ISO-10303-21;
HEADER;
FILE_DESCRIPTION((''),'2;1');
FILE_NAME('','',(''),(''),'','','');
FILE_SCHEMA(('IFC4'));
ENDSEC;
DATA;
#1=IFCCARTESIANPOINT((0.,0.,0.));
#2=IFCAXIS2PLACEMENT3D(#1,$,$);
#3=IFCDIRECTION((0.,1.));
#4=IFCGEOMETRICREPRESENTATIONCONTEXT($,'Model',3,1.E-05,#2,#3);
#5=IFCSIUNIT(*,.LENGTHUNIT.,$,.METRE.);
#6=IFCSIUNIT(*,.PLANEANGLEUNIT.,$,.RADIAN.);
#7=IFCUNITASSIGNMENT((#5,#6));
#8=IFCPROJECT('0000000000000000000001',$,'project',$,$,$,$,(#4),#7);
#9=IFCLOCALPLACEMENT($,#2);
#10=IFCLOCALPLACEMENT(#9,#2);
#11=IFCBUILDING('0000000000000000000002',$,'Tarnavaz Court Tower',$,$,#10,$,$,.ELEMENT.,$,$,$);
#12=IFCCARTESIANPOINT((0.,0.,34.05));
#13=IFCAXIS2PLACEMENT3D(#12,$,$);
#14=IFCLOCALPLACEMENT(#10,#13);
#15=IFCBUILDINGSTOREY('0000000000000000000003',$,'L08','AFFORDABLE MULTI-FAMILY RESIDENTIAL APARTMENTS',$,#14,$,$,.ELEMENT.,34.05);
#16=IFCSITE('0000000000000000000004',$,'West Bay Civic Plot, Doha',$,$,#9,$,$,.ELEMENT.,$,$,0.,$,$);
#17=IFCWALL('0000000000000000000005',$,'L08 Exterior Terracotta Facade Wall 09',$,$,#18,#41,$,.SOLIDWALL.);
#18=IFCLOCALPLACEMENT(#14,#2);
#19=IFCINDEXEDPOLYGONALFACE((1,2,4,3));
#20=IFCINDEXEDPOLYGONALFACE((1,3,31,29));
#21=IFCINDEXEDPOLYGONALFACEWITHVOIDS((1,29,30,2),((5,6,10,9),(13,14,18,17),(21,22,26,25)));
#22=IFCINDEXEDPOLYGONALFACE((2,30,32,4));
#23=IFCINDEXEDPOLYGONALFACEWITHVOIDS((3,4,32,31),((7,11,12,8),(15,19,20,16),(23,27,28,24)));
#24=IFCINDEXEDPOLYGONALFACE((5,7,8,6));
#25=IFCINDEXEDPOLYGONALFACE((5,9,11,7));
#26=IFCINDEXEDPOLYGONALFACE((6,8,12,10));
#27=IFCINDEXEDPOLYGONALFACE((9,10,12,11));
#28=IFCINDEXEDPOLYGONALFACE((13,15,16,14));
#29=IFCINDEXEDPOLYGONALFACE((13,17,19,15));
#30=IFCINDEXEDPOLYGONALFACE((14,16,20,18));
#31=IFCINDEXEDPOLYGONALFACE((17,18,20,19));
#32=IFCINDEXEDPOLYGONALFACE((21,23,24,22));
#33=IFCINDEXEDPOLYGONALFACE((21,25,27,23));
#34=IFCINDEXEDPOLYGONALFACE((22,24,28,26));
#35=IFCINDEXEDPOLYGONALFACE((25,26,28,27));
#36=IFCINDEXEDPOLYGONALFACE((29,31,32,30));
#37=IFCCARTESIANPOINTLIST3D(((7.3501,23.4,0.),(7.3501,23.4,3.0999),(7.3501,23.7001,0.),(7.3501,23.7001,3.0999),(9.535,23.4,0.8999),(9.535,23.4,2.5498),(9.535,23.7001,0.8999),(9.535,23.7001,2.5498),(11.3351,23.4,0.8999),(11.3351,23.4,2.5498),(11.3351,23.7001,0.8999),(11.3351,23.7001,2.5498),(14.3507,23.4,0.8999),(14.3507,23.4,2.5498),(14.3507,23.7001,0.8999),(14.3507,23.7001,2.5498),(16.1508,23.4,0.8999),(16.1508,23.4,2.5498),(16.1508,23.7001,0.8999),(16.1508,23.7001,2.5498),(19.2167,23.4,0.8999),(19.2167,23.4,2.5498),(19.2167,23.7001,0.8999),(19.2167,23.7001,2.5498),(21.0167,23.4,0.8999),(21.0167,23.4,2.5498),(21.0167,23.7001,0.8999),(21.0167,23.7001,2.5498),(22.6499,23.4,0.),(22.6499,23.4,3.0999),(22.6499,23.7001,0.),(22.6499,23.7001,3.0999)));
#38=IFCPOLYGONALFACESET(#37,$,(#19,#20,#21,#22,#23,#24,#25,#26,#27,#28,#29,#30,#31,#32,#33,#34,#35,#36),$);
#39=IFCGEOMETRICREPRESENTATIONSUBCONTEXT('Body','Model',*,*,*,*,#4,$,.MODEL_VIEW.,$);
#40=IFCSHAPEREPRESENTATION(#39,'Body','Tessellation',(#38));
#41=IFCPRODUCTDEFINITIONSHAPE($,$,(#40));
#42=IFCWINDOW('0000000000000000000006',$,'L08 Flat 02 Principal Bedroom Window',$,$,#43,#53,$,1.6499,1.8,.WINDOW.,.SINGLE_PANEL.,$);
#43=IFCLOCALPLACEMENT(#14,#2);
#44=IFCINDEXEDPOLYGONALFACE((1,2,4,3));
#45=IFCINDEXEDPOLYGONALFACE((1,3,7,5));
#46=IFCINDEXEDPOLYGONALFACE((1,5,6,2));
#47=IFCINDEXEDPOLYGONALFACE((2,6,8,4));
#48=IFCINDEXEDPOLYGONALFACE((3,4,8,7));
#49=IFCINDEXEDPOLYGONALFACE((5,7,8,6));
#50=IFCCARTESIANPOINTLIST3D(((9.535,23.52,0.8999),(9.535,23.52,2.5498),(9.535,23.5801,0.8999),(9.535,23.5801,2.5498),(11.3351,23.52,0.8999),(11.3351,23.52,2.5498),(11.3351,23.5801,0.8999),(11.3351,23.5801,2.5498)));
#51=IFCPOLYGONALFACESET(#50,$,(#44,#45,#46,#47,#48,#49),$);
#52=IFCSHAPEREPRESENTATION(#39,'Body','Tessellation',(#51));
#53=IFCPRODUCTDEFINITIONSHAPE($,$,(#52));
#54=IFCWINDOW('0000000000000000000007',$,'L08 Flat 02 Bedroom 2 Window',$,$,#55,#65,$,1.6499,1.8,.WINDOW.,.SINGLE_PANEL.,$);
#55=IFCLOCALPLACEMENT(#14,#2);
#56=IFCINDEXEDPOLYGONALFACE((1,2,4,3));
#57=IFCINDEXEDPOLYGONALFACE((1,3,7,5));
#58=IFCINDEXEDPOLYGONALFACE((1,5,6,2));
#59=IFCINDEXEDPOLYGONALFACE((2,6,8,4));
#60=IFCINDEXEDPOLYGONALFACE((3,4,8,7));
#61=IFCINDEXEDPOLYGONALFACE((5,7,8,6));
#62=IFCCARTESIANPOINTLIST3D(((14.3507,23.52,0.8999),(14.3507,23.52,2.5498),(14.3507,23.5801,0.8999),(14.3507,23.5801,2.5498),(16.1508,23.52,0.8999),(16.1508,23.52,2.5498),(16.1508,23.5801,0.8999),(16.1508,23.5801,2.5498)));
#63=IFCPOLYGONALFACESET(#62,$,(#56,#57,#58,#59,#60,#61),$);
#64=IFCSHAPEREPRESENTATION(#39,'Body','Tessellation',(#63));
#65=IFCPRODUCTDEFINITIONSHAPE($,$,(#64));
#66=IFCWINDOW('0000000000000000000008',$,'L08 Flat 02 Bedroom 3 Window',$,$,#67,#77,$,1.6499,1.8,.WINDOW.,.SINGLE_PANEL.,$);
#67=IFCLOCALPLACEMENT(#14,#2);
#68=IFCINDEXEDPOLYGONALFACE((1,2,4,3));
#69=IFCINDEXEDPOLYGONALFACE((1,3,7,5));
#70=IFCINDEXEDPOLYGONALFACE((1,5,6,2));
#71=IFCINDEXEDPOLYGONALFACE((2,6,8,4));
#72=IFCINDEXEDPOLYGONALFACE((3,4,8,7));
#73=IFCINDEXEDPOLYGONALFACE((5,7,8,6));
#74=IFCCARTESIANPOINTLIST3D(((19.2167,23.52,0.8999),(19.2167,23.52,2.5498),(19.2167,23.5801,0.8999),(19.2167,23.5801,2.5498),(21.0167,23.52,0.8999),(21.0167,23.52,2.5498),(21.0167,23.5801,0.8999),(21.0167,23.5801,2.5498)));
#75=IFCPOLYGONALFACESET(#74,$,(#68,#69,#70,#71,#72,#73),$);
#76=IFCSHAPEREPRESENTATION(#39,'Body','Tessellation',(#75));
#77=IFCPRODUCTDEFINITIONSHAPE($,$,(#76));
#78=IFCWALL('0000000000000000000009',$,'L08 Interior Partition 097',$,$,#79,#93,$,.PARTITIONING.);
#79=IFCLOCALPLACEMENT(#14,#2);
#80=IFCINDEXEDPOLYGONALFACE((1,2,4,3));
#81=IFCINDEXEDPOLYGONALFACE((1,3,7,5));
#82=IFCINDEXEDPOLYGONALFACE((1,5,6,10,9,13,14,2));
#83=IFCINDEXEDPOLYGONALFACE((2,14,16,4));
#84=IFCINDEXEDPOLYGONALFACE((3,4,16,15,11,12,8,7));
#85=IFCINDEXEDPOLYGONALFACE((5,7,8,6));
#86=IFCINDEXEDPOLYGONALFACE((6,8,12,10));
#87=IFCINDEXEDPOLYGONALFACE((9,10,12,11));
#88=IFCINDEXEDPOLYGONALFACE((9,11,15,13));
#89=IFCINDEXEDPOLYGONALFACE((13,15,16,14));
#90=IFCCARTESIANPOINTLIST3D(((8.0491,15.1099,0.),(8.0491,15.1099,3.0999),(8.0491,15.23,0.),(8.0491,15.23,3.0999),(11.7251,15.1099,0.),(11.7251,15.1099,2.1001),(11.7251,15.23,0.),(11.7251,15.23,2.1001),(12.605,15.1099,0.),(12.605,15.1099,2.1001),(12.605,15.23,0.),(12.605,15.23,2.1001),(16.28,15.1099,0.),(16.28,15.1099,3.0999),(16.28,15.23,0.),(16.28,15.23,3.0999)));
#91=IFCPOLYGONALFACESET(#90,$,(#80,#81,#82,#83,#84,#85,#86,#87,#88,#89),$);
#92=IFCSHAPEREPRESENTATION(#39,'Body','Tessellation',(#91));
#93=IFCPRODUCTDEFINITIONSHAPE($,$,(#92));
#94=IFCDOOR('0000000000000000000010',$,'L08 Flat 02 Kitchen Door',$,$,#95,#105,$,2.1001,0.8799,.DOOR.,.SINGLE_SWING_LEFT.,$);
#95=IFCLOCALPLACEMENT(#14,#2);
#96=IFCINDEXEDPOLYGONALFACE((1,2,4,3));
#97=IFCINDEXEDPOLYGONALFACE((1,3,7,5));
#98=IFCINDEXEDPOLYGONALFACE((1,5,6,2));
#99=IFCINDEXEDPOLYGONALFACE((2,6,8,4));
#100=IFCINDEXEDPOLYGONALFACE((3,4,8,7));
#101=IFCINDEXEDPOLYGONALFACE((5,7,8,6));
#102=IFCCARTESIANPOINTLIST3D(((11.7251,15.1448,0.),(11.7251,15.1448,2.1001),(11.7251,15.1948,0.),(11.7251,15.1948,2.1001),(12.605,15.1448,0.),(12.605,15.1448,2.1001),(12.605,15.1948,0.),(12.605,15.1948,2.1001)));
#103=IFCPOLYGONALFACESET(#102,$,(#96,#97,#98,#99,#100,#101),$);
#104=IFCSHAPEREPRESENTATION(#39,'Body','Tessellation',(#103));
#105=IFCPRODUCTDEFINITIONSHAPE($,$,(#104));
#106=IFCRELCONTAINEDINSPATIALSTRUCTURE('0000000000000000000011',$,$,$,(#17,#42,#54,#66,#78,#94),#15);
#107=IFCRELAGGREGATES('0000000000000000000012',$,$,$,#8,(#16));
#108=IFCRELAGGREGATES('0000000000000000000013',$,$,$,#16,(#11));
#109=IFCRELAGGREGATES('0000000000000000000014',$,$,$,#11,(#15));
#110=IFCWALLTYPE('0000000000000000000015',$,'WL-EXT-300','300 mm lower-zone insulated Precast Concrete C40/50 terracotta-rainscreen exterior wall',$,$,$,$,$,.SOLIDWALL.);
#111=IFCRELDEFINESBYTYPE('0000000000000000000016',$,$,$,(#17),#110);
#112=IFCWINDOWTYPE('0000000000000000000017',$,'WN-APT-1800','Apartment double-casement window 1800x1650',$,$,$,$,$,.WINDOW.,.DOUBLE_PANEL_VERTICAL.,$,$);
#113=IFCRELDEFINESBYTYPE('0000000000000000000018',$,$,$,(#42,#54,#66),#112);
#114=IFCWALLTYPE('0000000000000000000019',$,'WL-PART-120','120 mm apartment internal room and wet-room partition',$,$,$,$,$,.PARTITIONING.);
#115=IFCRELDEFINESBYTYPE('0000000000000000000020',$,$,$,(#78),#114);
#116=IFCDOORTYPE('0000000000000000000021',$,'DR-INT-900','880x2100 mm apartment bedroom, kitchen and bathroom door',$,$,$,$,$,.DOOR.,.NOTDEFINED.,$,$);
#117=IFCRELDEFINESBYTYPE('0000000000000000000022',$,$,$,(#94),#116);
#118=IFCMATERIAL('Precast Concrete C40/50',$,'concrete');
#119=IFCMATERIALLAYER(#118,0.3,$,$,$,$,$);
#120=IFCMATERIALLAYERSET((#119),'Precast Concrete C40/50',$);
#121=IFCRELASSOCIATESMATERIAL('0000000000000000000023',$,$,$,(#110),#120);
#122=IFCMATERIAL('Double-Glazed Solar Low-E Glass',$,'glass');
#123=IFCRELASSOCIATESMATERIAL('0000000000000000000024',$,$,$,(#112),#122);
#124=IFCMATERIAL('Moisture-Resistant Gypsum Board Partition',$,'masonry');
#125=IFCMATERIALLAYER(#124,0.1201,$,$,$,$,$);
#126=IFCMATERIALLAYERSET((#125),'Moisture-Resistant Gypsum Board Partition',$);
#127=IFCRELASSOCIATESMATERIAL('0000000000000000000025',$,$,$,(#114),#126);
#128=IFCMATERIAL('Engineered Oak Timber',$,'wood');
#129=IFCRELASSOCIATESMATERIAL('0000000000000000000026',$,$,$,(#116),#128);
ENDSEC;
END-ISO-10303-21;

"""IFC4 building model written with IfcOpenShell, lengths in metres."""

from ifc_helpers import new_model, si_unit, direction, frame, frame_2d, origin, place, context, subcontext, project, spatial, rectangle, extrude, material, layer, layer_set, type_object, element, fill, save


model = new_model("IFC4")

# Units and contexts
model_context = context("Model", 3, precision=1e-05, world=origin(), true_north=direction((0.0, 1.0)))
body_context = subcontext(model_context, "Body", "Model", "MODEL_VIEW")
ifc_project = project(units=[si_unit("LENGTHUNIT", "METRE"), si_unit("PLANEANGLEUNIT", "RADIAN")], contexts=[model_context])

# Site, building, storey
site_placement = place(None, origin())
site = spatial("IfcSite", under=ifc_project, at=site_placement, Name="West Bay Civic Plot, Doha", CompositionType="ELEMENT", RefElevation=0.0)
building_placement = place(site_placement, origin())
building = spatial("IfcBuilding", under=site, at=building_placement, Name="Tarnavaz Court Tower", CompositionType="ELEMENT")
storey_placement = place(building_placement, frame((0.0, 0.0, 34.05)))
storey = spatial("IfcBuildingStorey", under=building, at=storey_placement, Name="L08", Description="AFFORDABLE MULTI-FAMILY RESIDENTIAL APARTMENTS", CompositionType="ELEMENT", Elevation=34.05)

# Shared definitions
ifc_material_1 = material(Name="Double-Glazed Solar Low-E Glass", Category="glass")

# Shared definitions
ifc_material_2 = material(Name="Precast Concrete C40/50", Category="concrete")
ifc_layer_1 = layer(ifc_material_2, 0.3)
ifc_layer_set_1 = layer_set([ifc_layer_1], Name="Precast Concrete C40/50")
wall_type_1 = type_object("IfcWallType", Name="WL-EXT-300", Description="300 mm lower-zone insulated Precast Concrete C40/50 terracotta-rainscreen exterior wall", PredefinedType="SOLIDWALL", material=ifc_layer_set_1)

# Wall, openings, windows
wall_1_placement = place(storey_placement, frame((7.3501, 23.55, 0.0), z_axis=(0.0, 0.0, 1.0), x_axis=(1.0, 0.0, 0.0)))
wall_1 = element("IfcWall", 1, at=wall_1_placement, inside=storey, type_object=wall_type_1, Name="L08 Exterior Terracotta Facade Wall 09", PredefinedType="SOLIDWALL", context=body_context, shape_type="SweptSolid", body=[
    extrude(rectangle(XDim=15.2998, YDim=0.3, at=frame_2d((7.6499, 0.0))), origin(), (0.0, 0.0, 1.0), 3.0999),
])
opening_1_placement = place(wall_1_placement, frame((2.1851, 0.0, 0.8999)))
opening_1 = element("IfcOpeningElement", 2, at=opening_1_placement, cuts=wall_1, PredefinedType="OPENING", context=body_context, shape_type="SweptSolid", body=[
    extrude(rectangle(XDim=1.8, YDim=1.6499, at=frame_2d((0.8999, 0.825))), frame((0.0, 0.1599, 0.0), z_axis=(0.0, -1.0, 0.0), x_axis=(1.0, 0.0, 0.0)), (0.0, 0.0, 1.0), 0.3201),
])
opening_2_placement = place(wall_1_placement, frame((7.0007, 0.0, 0.8999)))
opening_2 = element("IfcOpeningElement", 3, at=opening_2_placement, cuts=wall_1, PredefinedType="OPENING", context=body_context, shape_type="SweptSolid", body=[
    extrude(rectangle(XDim=1.8, YDim=1.6499, at=frame_2d((0.8999, 0.825))), frame((0.0, 0.1599, 0.0), z_axis=(0.0, -1.0, 0.0), x_axis=(1.0, 0.0, 0.0)), (0.0, 0.0, 1.0), 0.3201),
])
opening_3_placement = place(wall_1_placement, frame((11.8667, 0.0, 0.8999)))
opening_3 = element("IfcOpeningElement", 4, at=opening_3_placement, cuts=wall_1, PredefinedType="OPENING", context=body_context, shape_type="SweptSolid", body=[
    extrude(rectangle(XDim=1.8, YDim=1.6499, at=frame_2d((0.8999, 0.825))), frame((0.0, 0.1599, 0.0), z_axis=(0.0, -1.0, 0.0), x_axis=(1.0, 0.0, 0.0)), (0.0, 0.0, 1.0), 0.3201),
])
window_type_1 = type_object("IfcWindowType", Name="WN-APT-1800", Description="Apartment double-casement window 1800x1650", PartitioningType="DOUBLE_PANEL_VERTICAL", PredefinedType="WINDOW", material=ifc_material_1)
window_1_placement = place(opening_1_placement, origin())
window_1 = element("IfcWindow", 5, at=window_1_placement, inside=storey, type_object=window_type_1, Name="L08 Flat 02 Principal Bedroom Window", OverallHeight=1.6499, OverallWidth=1.8, PartitioningType="SINGLE_PANEL", PredefinedType="WINDOW", context=body_context, shape_type="SweptSolid", body=[
    extrude(rectangle(XDim=1.8, YDim=1.6499, at=frame_2d((0.8999, 0.825))), frame((0.0, 0.03, 0.0), z_axis=(0.0, -1.0, 0.0), x_axis=(1.0, 0.0, 0.0)), (0.0, 0.0, 1.0), 0.0601),
])
fill(opening_1, window_1)
window_2_placement = place(opening_2_placement, origin())
window_2 = element("IfcWindow", 6, at=window_2_placement, inside=storey, type_object=window_type_1, Name="L08 Flat 02 Bedroom 2 Window", OverallHeight=1.6499, OverallWidth=1.8, PartitioningType="SINGLE_PANEL", PredefinedType="WINDOW", context=body_context, shape_type="SweptSolid", body=[
    extrude(rectangle(XDim=1.8, YDim=1.6499, at=frame_2d((0.8999, 0.825))), frame((0.0, 0.03, 0.0), z_axis=(0.0, -1.0, 0.0), x_axis=(1.0, 0.0, 0.0)), (0.0, 0.0, 1.0), 0.0601),
])
fill(opening_2, window_2)
window_3_placement = place(opening_3_placement, origin())
window_3 = element("IfcWindow", 7, at=window_3_placement, inside=storey, type_object=window_type_1, Name="L08 Flat 02 Bedroom 3 Window", OverallHeight=1.6499, OverallWidth=1.8, PartitioningType="SINGLE_PANEL", PredefinedType="WINDOW", context=body_context, shape_type="SweptSolid", body=[
    extrude(rectangle(XDim=1.8, YDim=1.6499, at=frame_2d((0.8999, 0.825))), frame((0.0, 0.03, 0.0), z_axis=(0.0, -1.0, 0.0), x_axis=(1.0, 0.0, 0.0)), (0.0, 0.0, 1.0), 0.0601),
])
fill(opening_3, window_3)

# Wall, opening, door
ifc_material_3 = material(Name="Moisture-Resistant Gypsum Board Partition", Category="masonry")
ifc_layer_2 = layer(ifc_material_3, 0.1201)
ifc_layer_set_2 = layer_set([ifc_layer_2], Name="Moisture-Resistant Gypsum Board Partition")
wall_type_2 = type_object("IfcWallType", Name="WL-PART-120", Description="120 mm apartment internal room and wet-room partition", PredefinedType="PARTITIONING", material=ifc_layer_set_2)
wall_2_placement = place(storey_placement, frame((8.0491, 15.1699, 0.0), z_axis=(0.0, 0.0, 1.0), x_axis=(1.0, 0.0, 0.0)))
wall_2 = element("IfcWall", 8, at=wall_2_placement, inside=storey, type_object=wall_type_2, Name="L08 Interior Partition 097", PredefinedType="PARTITIONING", context=body_context, shape_type="SweptSolid", body=[
    extrude(rectangle(XDim=8.231, YDim=0.1201, at=frame_2d((4.1155, 0.0))), origin(), (0.0, 0.0, 1.0), 3.0999),
])
opening_4_placement = place(wall_2_placement, frame((3.676, 0.0, 0.0)))
opening_4 = element("IfcOpeningElement", 9, at=opening_4_placement, cuts=wall_2, PredefinedType="OPENING", context=body_context, shape_type="SweptSolid", body=[
    extrude(rectangle(XDim=0.8799, YDim=2.1001, at=frame_2d((0.4399, 1.05))), frame((0.0, 0.0701, 0.0), z_axis=(0.0, -1.0, 0.0), x_axis=(1.0, 0.0, 0.0)), (0.0, 0.0, 1.0), 0.1401),
])
ifc_material_4 = material(Name="Engineered Oak Timber", Category="wood")
door_type = type_object("IfcDoorType", Name="DR-INT-900", Description="880x2100 mm apartment bedroom, kitchen and bathroom door", OperationType="NOTDEFINED", PredefinedType="DOOR", material=ifc_material_4)
door_1_placement = place(opening_4_placement, origin())
door_1 = element("IfcDoor", 10, at=door_1_placement, inside=storey, type_object=door_type, Name="L08 Flat 02 Kitchen Door", OperationType="SINGLE_SWING_LEFT", OverallHeight=2.1001, OverallWidth=0.8799, PredefinedType="DOOR", context=body_context, shape_type="SweptSolid", body=[
    extrude(rectangle(XDim=0.8799, YDim=2.1001, at=frame_2d((0.4399, 1.05))), frame((0.0, 0.0249, 0.0), z_axis=(0.0, -1.0, 0.0), x_axis=(1.0, 0.0, 0.0)), (0.0, 0.0, 1.0), 0.05),
])
fill(opening_4, door_1)

save(model, "model.ifc")
